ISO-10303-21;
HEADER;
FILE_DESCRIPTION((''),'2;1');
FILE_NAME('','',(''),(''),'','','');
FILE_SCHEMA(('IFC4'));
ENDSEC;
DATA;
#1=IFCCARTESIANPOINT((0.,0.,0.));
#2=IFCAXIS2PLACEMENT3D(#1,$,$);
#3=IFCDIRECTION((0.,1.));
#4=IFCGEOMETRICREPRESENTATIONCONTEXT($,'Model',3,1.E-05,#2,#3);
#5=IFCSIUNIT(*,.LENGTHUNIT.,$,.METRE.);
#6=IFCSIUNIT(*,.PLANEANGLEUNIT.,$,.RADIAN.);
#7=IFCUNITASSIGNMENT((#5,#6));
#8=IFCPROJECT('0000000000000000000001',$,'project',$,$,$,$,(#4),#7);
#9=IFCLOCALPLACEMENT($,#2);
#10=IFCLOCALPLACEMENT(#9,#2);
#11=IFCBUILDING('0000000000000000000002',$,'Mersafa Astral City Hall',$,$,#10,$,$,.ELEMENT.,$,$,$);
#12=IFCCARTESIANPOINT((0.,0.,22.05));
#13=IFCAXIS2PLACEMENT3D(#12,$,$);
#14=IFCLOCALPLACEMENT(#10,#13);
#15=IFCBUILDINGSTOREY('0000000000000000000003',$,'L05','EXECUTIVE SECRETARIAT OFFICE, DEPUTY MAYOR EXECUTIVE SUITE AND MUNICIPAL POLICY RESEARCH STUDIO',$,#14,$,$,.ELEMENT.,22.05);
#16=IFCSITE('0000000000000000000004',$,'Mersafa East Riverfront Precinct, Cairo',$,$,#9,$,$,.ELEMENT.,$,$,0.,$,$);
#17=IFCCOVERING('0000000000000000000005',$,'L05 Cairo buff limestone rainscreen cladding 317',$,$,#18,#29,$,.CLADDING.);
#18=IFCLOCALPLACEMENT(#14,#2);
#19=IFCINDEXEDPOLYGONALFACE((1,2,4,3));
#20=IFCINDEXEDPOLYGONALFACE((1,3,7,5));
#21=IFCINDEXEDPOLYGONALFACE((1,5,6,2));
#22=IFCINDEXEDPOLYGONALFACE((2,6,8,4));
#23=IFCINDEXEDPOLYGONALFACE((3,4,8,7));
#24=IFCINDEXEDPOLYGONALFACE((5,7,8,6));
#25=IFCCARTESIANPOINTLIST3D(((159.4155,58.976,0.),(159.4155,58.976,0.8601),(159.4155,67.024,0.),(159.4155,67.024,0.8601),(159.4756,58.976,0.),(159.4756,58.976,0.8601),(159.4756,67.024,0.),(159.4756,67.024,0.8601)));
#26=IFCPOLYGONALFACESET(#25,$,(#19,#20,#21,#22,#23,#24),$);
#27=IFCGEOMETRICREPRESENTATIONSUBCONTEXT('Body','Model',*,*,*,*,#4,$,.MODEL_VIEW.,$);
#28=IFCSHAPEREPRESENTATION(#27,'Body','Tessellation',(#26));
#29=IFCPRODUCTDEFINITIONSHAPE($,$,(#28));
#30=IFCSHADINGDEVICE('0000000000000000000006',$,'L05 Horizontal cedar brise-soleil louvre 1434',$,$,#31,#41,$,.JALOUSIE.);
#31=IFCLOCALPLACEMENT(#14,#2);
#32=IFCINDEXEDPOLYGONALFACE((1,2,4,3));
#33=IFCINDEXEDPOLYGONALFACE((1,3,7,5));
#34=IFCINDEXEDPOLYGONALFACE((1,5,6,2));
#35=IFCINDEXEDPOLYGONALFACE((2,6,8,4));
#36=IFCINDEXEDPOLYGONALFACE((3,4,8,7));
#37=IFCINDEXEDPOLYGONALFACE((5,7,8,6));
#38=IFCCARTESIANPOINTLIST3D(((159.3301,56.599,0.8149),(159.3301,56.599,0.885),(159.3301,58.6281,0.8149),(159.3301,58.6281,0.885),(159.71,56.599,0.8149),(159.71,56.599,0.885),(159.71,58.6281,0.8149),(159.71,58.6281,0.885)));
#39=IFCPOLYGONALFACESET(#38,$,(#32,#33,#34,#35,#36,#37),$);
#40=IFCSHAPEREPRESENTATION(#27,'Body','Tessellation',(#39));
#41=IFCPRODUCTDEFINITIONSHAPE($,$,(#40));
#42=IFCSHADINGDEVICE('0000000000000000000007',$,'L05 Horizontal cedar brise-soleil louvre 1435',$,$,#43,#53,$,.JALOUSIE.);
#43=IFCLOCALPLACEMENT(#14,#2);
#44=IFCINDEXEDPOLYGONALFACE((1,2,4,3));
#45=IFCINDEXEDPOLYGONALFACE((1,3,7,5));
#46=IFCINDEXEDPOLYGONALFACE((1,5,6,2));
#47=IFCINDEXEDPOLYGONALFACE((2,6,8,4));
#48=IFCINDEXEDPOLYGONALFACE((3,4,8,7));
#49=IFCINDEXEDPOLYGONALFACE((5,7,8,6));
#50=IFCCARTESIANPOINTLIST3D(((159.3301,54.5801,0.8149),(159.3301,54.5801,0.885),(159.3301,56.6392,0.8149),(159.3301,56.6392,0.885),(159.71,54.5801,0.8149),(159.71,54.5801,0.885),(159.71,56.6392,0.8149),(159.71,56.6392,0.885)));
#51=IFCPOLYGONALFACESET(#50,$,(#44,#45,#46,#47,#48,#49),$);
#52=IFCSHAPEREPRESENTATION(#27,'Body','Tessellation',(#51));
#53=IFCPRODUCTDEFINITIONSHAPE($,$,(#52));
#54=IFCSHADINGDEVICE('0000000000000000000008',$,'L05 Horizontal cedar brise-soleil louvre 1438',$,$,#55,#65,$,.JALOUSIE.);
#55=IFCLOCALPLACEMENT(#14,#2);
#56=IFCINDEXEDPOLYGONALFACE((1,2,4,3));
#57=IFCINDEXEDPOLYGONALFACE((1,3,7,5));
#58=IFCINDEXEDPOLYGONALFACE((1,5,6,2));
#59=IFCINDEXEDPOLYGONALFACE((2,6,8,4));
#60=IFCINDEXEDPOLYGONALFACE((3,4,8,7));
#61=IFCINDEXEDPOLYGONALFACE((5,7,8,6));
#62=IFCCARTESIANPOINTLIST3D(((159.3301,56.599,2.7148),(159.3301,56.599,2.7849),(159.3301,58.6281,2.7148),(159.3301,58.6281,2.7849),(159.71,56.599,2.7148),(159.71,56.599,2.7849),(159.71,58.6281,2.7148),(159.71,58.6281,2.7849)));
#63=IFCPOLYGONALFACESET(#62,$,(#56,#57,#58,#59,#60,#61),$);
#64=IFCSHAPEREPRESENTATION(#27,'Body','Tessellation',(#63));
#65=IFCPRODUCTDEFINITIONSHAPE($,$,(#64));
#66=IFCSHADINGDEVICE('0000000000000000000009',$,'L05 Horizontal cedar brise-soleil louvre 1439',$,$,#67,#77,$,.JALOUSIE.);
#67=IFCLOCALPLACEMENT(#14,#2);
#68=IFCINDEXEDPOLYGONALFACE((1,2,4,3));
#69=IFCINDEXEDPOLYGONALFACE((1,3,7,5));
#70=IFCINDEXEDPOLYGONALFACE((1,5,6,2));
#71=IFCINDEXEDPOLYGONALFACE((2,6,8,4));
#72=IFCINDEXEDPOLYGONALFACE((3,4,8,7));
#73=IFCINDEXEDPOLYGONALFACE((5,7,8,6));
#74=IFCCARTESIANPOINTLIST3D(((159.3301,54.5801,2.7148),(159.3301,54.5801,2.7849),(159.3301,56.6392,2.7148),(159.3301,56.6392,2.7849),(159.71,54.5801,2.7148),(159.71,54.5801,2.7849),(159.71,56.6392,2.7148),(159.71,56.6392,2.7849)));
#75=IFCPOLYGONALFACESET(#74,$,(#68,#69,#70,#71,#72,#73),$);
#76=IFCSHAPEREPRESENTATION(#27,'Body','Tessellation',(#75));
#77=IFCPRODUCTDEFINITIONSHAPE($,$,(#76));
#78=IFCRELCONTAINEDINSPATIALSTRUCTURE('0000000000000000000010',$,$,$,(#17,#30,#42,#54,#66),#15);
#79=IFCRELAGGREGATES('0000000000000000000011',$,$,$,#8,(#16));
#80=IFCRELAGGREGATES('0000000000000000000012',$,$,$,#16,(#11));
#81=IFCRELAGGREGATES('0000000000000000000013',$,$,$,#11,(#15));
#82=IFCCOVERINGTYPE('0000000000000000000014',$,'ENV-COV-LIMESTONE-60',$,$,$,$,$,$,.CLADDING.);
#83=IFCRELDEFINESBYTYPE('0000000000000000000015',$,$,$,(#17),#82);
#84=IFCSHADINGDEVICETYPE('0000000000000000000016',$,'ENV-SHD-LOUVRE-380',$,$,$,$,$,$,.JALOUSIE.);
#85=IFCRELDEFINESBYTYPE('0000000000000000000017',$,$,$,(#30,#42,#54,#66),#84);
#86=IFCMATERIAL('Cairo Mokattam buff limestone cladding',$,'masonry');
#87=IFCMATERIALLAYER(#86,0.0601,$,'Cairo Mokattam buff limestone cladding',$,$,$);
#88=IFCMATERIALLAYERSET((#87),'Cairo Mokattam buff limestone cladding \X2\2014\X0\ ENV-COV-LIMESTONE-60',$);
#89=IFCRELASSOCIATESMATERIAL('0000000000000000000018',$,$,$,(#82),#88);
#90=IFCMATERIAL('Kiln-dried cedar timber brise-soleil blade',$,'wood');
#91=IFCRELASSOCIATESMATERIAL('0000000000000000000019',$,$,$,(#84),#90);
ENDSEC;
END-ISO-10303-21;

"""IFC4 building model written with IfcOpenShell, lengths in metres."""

from ifc_helpers import new_model, si_unit, direction, frame, origin, origin_2d, place, context, subcontext, project, spatial, rectangle, extrude, material, layer, layer_set, type_object, element, save


model = new_model("IFC4")

# Units and contexts
model_context = context("Model", 3, precision=1e-05, world=origin(), true_north=direction((0.0, 1.0)))
body_context = subcontext(model_context, "Body", "Model", "MODEL_VIEW")
ifc_project = project(units=[si_unit("LENGTHUNIT", "METRE"), si_unit("PLANEANGLEUNIT", "RADIAN")], contexts=[model_context])

# Site, building, storey
site_placement = place(None, origin())
site = spatial("IfcSite", under=ifc_project, at=site_placement, Name="Mersafa East Riverfront Precinct, Cairo", CompositionType="ELEMENT", RefElevation=0.0)
building_placement = place(site_placement, origin())
building = spatial("IfcBuilding", under=site, at=building_placement, Name="Mersafa Astral City Hall", CompositionType="ELEMENT")
storey_placement = place(building_placement, frame((0.0, 0.0, 22.05)))
storey = spatial("IfcBuildingStorey", under=building, at=storey_placement, Name="L05", Description="EXECUTIVE SECRETARIAT OFFICE, DEPUTY MAYOR EXECUTIVE SUITE AND MUNICIPAL POLICY RESEARCH STUDIO", CompositionType="ELEMENT", Elevation=22.05)

# Covering
ifc_material_1 = material(Name="Cairo Mokattam buff limestone cladding", Category="masonry")
ifc_layer_1 = layer(ifc_material_1, 0.0601, Name="Cairo Mokattam buff limestone cladding")
ifc_layer_set_1 = layer_set([ifc_layer_1], Name="Cairo Mokattam buff limestone cladding — ENV-COV-LIMESTONE-60")
covering_type = type_object("IfcCoveringType", Name="ENV-COV-LIMESTONE-60", PredefinedType="CLADDING", material=ifc_layer_set_1)
covering_placement = place(storey_placement, frame((159.4456, 63.0, 0.0), z_axis=(0.0, 0.0, 1.0), x_axis=(0.0, -1.0, 0.0)))
element("IfcCovering", 1, at=covering_placement, inside=storey, type_object=covering_type, Name="L05 Cairo buff limestone rainscreen cladding 317", PredefinedType="CLADDING", context=body_context, shape_type="SweptSolid", body=[
    extrude(rectangle(XDim=8.0481, YDim=0.0601, at=origin_2d()), origin(), (0.0, 0.0, 1.0), 0.8601),
])

# Shading devices
ifc_material_2 = material(Name="Kiln-dried cedar timber brise-soleil blade", Category="wood")
shading_device_type = type_object("IfcShadingDeviceType", Name="ENV-SHD-LOUVRE-380", PredefinedType="JALOUSIE", material=ifc_material_2)
shading_device_1_placement = place(storey_placement, frame((159.52, 57.6135, 0.8149), z_axis=(0.0, 0.0, 1.0), x_axis=(0.0, -1.0, 0.0)))
element("IfcShadingDevice", 2, at=shading_device_1_placement, inside=storey, type_object=shading_device_type, Name="L05 Horizontal cedar brise-soleil louvre 1434", PredefinedType="JALOUSIE", context=body_context, shape_type="SweptSolid", body=[
    extrude(rectangle(XDim=2.0291, YDim=0.3799, at=origin_2d()), origin(), (0.0, 0.0, 1.0), 0.0701),
])
shading_device_2_placement = place(storey_placement, frame((159.52, 55.6096, 0.8149), z_axis=(0.0, 0.0, 1.0), x_axis=(0.0, -1.0, 0.0)))
element("IfcShadingDevice", 3, at=shading_device_2_placement, inside=storey, type_object=shading_device_type, Name="L05 Horizontal cedar brise-soleil louvre 1435", PredefinedType="JALOUSIE", context=body_context, shape_type="SweptSolid", body=[
    extrude(rectangle(XDim=2.0591, YDim=0.3799, at=origin_2d()), origin(), (0.0, 0.0, 1.0), 0.0701),
])
shading_device_3_placement = place(storey_placement, frame((159.52, 57.6135, 2.7148), z_axis=(0.0, 0.0, 1.0), x_axis=(0.0, -1.0, 0.0)))
element("IfcShadingDevice", 4, at=shading_device_3_placement, inside=storey, type_object=shading_device_type, Name="L05 Horizontal cedar brise-soleil louvre 1438", PredefinedType="JALOUSIE", context=body_context, shape_type="SweptSolid", body=[
    extrude(rectangle(XDim=2.0291, YDim=0.3799, at=origin_2d()), origin(), (0.0, 0.0, 1.0), 0.0701),
])
shading_device_4_placement = place(storey_placement, frame((159.52, 55.6096, 2.7148), z_axis=(0.0, 0.0, 1.0), x_axis=(0.0, -1.0, 0.0)))
element("IfcShadingDevice", 5, at=shading_device_4_placement, inside=storey, type_object=shading_device_type, Name="L05 Horizontal cedar brise-soleil louvre 1439", PredefinedType="JALOUSIE", context=body_context, shape_type="SweptSolid", body=[
    extrude(rectangle(XDim=2.0591, YDim=0.3799, at=origin_2d()), origin(), (0.0, 0.0, 1.0), 0.0701),
])

save(model, "model.ifc")
